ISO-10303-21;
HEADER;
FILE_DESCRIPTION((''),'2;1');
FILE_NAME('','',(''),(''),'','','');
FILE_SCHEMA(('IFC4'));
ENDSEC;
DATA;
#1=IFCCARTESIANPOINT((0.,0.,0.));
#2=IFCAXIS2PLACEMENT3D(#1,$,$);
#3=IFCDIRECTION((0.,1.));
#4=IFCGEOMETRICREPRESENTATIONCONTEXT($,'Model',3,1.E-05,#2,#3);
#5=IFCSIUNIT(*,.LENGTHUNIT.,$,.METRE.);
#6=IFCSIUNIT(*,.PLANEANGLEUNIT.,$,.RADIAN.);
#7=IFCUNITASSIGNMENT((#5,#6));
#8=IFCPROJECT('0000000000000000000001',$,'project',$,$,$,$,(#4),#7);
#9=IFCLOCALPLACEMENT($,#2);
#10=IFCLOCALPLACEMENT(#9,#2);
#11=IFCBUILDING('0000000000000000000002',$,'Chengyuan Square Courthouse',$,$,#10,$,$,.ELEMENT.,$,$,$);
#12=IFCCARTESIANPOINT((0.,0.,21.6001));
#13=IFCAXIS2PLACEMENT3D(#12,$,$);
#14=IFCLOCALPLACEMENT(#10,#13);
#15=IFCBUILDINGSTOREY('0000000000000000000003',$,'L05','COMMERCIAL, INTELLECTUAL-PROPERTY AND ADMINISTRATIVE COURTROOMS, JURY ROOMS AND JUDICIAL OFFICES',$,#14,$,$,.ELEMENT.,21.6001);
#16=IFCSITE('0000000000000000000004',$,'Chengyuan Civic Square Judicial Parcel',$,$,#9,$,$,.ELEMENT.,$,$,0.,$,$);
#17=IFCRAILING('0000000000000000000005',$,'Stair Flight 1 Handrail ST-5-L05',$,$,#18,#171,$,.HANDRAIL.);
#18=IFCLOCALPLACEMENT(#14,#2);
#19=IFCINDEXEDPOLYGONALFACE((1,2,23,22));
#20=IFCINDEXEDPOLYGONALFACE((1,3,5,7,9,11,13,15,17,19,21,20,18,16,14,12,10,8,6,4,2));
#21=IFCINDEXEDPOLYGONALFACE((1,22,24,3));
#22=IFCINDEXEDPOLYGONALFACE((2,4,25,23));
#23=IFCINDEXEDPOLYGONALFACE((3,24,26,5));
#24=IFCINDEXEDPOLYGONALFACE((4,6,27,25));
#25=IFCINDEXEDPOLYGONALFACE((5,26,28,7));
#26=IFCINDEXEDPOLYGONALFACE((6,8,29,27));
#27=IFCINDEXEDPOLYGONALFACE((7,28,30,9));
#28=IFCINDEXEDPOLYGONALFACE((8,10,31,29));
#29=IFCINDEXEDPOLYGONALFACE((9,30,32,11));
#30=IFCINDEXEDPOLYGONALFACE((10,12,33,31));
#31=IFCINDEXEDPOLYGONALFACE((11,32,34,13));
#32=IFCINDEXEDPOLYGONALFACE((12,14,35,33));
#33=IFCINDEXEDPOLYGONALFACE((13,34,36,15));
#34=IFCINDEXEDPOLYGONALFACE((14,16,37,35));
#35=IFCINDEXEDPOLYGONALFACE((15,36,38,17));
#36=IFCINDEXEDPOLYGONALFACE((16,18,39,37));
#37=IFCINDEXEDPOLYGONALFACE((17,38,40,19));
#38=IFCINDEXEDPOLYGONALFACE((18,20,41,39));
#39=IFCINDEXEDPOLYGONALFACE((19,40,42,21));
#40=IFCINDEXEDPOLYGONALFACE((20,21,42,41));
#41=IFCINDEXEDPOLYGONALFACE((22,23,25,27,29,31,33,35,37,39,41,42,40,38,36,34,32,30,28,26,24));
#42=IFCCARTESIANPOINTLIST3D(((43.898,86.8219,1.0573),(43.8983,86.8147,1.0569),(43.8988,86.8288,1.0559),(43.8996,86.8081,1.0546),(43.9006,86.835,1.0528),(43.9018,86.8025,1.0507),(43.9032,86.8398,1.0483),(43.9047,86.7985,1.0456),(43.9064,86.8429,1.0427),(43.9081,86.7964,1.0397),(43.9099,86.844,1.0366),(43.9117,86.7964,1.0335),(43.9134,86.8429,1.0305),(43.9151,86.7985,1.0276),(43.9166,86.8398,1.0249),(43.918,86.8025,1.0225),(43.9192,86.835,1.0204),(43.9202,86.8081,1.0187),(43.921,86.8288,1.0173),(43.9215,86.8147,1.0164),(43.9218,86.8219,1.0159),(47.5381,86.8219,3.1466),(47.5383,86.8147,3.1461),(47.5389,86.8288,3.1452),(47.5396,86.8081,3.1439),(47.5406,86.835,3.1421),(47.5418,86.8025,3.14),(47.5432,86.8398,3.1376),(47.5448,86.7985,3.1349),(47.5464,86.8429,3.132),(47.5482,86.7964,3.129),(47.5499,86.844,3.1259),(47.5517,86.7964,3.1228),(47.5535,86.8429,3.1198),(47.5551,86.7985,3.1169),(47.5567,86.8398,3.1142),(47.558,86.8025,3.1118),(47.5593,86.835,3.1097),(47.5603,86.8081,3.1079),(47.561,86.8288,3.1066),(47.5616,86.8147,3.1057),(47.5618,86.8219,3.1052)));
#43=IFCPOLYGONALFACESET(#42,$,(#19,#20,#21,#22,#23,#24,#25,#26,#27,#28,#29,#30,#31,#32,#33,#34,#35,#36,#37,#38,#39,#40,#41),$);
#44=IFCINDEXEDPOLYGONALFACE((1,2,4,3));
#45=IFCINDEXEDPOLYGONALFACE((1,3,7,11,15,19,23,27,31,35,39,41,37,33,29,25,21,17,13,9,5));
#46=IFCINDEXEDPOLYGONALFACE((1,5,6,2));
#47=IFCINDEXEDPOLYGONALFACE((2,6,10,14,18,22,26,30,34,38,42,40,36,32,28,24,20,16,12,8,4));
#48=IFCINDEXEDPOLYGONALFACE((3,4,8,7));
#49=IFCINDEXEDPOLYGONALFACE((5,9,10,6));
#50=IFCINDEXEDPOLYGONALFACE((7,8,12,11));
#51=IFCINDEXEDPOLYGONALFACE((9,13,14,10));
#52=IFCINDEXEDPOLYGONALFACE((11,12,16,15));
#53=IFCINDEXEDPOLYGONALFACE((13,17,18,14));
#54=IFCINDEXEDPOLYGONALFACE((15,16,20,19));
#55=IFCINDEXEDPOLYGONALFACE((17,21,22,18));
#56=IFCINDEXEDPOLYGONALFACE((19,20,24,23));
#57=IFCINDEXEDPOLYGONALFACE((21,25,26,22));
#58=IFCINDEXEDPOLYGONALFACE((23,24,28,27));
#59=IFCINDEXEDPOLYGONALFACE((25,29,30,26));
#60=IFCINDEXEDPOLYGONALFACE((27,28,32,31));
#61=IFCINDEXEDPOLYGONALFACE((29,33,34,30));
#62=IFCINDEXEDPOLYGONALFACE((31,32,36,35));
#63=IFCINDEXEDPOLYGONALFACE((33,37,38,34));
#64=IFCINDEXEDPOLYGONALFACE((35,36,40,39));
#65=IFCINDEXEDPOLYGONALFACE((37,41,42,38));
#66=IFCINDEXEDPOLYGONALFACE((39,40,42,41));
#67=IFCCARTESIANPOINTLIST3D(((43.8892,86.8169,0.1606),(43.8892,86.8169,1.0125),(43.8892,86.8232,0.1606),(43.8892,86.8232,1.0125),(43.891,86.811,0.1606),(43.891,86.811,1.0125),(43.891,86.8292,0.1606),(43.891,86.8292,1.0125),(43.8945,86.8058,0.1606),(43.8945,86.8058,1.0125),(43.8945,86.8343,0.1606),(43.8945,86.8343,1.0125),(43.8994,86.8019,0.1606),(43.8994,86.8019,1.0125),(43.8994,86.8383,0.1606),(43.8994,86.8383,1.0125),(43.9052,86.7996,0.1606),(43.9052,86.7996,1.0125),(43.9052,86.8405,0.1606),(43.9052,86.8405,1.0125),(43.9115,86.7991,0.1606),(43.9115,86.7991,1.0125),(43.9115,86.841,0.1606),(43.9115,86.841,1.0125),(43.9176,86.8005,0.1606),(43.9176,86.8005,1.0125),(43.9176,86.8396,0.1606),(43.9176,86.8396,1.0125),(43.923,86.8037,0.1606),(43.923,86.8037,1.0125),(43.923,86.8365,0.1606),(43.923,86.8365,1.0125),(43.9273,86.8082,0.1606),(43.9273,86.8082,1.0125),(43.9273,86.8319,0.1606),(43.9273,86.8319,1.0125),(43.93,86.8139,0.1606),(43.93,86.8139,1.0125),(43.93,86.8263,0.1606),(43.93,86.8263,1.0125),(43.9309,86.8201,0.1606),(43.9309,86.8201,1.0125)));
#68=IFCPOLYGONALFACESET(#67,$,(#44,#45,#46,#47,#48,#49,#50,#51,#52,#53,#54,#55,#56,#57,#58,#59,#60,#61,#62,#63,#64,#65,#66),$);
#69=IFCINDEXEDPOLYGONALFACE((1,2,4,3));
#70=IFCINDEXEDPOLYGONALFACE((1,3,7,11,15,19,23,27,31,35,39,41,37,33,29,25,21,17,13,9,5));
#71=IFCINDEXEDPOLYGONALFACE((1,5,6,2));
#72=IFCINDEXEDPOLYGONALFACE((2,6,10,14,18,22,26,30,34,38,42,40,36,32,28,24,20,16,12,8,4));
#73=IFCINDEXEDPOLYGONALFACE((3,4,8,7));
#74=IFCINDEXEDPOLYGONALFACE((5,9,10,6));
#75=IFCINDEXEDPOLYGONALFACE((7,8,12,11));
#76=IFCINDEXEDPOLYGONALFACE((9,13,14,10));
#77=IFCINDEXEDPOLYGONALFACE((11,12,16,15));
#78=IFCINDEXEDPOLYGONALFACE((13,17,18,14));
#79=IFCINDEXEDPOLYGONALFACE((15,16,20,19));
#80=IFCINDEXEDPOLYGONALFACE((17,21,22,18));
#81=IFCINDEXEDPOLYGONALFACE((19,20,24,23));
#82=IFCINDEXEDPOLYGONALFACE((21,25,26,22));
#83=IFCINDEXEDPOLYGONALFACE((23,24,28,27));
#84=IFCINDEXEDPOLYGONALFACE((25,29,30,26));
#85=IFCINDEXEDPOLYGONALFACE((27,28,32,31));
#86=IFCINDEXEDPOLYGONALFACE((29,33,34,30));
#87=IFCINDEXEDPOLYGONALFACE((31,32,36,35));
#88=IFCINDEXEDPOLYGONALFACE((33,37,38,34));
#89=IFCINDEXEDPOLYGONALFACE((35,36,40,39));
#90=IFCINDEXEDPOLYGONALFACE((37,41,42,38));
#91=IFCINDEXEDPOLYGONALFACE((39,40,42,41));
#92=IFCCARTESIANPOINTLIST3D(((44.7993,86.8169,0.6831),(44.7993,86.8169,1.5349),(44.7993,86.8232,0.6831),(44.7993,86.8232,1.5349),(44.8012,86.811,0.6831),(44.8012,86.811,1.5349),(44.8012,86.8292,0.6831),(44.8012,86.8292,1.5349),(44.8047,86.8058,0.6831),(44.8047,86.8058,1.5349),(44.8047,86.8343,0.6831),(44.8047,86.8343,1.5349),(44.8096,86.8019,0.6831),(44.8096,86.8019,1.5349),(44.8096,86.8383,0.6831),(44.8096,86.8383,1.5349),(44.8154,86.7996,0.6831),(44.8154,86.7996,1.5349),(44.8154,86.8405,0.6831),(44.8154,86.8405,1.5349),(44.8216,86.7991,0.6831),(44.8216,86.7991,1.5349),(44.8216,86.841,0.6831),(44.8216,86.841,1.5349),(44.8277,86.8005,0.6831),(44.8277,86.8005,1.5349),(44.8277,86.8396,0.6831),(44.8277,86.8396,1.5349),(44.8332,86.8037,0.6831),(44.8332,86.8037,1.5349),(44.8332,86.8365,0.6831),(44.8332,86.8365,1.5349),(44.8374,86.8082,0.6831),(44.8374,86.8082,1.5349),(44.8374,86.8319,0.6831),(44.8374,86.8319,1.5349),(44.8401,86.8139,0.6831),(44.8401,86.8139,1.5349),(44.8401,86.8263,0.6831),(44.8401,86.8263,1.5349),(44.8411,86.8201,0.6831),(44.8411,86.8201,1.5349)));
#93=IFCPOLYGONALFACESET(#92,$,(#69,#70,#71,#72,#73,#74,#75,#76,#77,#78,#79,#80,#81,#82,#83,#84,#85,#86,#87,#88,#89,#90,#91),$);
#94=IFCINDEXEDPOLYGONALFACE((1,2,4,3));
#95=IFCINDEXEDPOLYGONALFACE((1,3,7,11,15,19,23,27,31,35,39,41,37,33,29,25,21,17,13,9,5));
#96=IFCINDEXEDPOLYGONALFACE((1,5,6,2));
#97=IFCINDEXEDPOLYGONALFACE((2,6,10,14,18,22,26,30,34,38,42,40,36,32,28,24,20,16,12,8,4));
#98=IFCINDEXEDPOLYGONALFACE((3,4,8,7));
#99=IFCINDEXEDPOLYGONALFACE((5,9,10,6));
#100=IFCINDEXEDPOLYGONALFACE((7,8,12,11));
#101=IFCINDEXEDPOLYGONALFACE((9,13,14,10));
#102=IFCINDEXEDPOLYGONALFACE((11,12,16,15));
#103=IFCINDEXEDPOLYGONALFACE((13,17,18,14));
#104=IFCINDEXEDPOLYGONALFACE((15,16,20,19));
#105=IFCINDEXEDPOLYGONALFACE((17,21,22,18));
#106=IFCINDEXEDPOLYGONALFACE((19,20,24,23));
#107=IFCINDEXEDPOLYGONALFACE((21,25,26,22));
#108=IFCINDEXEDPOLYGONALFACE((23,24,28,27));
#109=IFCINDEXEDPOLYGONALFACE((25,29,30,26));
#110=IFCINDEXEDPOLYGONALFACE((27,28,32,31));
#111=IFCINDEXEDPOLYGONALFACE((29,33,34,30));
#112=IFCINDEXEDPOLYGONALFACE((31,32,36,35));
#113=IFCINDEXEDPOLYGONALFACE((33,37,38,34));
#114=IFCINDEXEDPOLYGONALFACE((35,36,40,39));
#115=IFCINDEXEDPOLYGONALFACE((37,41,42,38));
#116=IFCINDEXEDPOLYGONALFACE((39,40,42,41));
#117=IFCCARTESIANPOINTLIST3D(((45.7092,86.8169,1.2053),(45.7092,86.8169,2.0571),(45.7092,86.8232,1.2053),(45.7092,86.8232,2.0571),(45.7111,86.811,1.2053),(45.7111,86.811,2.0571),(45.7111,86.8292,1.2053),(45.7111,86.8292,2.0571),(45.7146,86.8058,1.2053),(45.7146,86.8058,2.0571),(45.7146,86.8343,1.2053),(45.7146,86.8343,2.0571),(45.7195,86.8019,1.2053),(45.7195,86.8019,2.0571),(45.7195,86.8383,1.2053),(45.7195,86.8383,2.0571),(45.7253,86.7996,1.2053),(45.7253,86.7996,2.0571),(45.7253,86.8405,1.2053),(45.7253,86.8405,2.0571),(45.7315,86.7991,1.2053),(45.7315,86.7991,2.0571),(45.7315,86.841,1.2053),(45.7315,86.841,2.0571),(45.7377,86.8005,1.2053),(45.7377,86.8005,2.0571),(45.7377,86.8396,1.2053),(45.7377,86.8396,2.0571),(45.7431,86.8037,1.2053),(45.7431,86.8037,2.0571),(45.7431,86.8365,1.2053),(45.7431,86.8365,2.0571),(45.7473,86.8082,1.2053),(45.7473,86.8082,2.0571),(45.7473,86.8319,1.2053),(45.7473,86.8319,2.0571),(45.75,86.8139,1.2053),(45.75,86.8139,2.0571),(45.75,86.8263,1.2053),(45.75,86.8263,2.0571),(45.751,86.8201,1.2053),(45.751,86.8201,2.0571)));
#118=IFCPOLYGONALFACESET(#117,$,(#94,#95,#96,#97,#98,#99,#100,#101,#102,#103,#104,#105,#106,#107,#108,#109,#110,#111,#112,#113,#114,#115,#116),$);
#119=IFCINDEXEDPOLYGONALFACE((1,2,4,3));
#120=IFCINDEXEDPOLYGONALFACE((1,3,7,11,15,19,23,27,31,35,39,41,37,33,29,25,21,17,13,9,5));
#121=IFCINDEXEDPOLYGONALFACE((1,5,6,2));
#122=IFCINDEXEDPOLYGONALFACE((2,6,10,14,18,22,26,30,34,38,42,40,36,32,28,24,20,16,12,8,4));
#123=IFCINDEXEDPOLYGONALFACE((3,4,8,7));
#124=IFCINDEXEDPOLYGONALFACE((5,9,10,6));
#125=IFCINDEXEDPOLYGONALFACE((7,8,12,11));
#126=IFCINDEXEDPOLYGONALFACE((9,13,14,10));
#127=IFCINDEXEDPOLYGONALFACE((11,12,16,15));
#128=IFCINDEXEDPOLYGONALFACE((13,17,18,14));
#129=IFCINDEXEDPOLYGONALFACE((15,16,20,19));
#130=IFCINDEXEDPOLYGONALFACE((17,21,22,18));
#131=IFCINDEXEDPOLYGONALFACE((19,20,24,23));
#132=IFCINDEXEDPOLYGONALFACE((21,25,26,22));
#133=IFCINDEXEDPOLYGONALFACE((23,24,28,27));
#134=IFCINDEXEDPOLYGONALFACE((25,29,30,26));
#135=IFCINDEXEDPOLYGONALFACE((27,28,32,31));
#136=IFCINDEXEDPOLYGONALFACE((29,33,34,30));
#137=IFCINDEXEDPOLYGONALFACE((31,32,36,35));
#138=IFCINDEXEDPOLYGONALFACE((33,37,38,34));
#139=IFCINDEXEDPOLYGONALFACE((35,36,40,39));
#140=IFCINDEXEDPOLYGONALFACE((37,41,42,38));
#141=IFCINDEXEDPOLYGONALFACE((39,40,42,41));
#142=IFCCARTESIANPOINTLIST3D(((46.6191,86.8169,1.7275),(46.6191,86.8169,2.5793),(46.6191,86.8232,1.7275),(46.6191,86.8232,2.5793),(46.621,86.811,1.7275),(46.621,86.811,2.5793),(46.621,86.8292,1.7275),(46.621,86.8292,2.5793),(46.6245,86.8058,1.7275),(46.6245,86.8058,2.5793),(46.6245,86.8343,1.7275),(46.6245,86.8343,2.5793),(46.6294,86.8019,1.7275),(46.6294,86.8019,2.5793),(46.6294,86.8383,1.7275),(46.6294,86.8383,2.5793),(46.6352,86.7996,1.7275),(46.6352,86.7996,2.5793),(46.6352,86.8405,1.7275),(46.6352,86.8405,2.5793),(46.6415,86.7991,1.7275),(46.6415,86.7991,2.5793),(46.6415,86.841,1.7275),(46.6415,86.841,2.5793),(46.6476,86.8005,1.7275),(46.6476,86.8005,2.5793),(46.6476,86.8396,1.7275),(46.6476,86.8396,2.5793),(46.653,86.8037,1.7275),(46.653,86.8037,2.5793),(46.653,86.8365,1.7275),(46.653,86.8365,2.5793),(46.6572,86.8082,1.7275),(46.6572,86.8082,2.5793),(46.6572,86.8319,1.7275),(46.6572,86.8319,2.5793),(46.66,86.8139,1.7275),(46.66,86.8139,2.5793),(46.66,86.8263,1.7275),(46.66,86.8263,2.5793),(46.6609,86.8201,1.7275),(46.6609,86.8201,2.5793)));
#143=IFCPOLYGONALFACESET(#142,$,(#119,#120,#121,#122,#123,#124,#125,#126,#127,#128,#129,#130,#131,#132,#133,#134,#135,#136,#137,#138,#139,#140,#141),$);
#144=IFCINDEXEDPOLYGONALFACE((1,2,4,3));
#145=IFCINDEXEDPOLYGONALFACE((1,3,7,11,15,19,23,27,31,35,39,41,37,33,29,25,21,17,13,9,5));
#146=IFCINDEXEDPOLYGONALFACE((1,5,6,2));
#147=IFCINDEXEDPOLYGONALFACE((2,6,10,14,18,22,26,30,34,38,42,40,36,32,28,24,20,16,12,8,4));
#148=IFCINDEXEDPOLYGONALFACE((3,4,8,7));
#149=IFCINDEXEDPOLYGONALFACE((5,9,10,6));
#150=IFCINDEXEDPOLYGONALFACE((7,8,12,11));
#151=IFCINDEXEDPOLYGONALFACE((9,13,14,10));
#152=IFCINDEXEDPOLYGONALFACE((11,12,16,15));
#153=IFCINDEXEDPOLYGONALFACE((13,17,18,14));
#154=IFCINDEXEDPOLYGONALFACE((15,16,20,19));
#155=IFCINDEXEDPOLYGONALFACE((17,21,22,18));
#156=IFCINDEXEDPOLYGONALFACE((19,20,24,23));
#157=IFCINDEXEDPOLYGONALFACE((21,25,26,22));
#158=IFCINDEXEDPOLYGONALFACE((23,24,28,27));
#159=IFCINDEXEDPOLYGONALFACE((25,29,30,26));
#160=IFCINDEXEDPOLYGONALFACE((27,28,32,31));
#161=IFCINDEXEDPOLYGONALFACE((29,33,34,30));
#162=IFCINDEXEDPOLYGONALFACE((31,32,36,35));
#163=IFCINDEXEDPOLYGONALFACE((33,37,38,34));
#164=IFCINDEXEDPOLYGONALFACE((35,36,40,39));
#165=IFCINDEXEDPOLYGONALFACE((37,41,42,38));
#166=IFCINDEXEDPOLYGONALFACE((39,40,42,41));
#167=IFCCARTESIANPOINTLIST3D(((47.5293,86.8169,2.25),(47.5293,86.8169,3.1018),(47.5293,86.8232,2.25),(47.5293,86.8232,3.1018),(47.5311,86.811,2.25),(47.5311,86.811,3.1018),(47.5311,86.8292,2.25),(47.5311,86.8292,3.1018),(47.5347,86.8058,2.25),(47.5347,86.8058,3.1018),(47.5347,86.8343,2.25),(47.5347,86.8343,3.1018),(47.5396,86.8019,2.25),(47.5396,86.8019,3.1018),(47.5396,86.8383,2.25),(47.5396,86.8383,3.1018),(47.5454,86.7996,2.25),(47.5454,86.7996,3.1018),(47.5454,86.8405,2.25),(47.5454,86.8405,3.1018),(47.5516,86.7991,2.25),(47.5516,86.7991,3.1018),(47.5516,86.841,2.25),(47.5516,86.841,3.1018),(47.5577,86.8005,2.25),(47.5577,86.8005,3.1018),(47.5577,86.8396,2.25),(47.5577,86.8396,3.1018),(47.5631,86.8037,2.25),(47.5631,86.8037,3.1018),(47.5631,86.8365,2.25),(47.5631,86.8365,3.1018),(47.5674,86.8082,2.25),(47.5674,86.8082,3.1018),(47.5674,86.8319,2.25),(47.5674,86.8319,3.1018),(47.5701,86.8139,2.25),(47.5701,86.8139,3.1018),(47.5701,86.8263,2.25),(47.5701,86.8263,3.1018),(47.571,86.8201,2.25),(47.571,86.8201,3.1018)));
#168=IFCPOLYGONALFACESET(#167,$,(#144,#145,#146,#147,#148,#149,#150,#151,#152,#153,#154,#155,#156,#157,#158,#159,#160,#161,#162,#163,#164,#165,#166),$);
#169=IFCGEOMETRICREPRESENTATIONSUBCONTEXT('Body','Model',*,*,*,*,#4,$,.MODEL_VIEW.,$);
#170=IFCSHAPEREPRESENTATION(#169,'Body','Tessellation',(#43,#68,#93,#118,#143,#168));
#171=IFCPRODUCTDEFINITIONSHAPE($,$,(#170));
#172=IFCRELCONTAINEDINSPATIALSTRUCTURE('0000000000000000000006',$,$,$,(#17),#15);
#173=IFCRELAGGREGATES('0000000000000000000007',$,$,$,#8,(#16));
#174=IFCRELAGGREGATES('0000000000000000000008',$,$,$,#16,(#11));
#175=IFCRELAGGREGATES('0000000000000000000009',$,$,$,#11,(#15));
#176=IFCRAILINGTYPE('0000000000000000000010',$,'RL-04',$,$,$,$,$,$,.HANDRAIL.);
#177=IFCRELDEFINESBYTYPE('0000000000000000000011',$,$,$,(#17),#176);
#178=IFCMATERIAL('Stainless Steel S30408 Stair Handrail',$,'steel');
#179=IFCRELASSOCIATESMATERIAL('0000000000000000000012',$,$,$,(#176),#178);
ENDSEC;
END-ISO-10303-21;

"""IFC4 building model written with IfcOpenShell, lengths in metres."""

from ifc_helpers import new_model, si_unit, direction, frame, origin, origin_2d, place, context, subcontext, project, spatial, circle, extrude, material, type_object, element, save


model = new_model("IFC4")

# Units and contexts
model_context = context("Model", 3, precision=1e-05, world=origin(), true_north=direction((0.0, 1.0)))
body_context = subcontext(model_context, "Body", "Model", "MODEL_VIEW")
ifc_project = project(units=[si_unit("LENGTHUNIT", "METRE"), si_unit("PLANEANGLEUNIT", "RADIAN")], contexts=[model_context])

# Site, building, storey
site_placement = place(None, origin())
site = spatial("IfcSite", under=ifc_project, at=site_placement, Name="Chengyuan Civic Square Judicial Parcel", CompositionType="ELEMENT", RefElevation=0.0)
building_placement = place(site_placement, origin())
building = spatial("IfcBuilding", under=site, at=building_placement, Name="Chengyuan Square Courthouse", CompositionType="ELEMENT")
storey_placement = place(building_placement, frame((0.0, 0.0, 21.6001)))
storey = spatial("IfcBuildingStorey", under=building, at=storey_placement, Name="L05", Description="COMMERCIAL, INTELLECTUAL-PROPERTY AND ADMINISTRATIVE COURTROOMS, JURY ROOMS AND JUDICIAL OFFICES", CompositionType="ELEMENT", Elevation=21.6001)

# Railing
ifc_material_1 = material(Name="Stainless Steel S30408 Stair Handrail", Category="steel")
railing_type_1 = type_object("IfcRailingType", Name="RL-04", PredefinedType="HANDRAIL", material=ifc_material_1)
railing_1_placement = place(storey_placement, frame((43.9099, 86.8201, 0.1606)))
element("IfcRailing", 1, at=railing_1_placement, inside=storey, type_object=railing_type_1, Name="Stair Flight 1 Handrail ST-5-L05", PredefinedType="HANDRAIL", context=body_context, shape_type="SweptSolid", body=[
    extrude(circle(Radius=0.0239, at=origin_2d()), frame((0.0, 0.0, 0.876), z_axis=(0.867289, 0.0, 0.497804), x_axis=(0.0, 1.0, 0.0)), (0.0, 0.0, 1.0), 4.197),
    extrude(circle(Radius=0.021, at=origin_2d()), origin(), (0.0, 0.0, 1.0), 0.8518),
    extrude(circle(Radius=0.021, at=origin_2d()), frame((0.9102, 0.0, 0.5225)), (0.0, 0.0, 1.0), 0.8518),
    extrude(circle(Radius=0.021, at=origin_2d()), frame((1.8201, 0.0, 1.0447)), (0.0, 0.0, 1.0), 0.8518),
    extrude(circle(Radius=0.021, at=origin_2d()), frame((2.73, 0.0, 1.5669)), (0.0, 0.0, 1.0), 0.8518),
    extrude(circle(Radius=0.021, at=origin_2d()), frame((3.6401, 0.0, 2.0894)), (0.0, 0.0, 1.0), 0.8518),
])

save(model, "model.ifc")
